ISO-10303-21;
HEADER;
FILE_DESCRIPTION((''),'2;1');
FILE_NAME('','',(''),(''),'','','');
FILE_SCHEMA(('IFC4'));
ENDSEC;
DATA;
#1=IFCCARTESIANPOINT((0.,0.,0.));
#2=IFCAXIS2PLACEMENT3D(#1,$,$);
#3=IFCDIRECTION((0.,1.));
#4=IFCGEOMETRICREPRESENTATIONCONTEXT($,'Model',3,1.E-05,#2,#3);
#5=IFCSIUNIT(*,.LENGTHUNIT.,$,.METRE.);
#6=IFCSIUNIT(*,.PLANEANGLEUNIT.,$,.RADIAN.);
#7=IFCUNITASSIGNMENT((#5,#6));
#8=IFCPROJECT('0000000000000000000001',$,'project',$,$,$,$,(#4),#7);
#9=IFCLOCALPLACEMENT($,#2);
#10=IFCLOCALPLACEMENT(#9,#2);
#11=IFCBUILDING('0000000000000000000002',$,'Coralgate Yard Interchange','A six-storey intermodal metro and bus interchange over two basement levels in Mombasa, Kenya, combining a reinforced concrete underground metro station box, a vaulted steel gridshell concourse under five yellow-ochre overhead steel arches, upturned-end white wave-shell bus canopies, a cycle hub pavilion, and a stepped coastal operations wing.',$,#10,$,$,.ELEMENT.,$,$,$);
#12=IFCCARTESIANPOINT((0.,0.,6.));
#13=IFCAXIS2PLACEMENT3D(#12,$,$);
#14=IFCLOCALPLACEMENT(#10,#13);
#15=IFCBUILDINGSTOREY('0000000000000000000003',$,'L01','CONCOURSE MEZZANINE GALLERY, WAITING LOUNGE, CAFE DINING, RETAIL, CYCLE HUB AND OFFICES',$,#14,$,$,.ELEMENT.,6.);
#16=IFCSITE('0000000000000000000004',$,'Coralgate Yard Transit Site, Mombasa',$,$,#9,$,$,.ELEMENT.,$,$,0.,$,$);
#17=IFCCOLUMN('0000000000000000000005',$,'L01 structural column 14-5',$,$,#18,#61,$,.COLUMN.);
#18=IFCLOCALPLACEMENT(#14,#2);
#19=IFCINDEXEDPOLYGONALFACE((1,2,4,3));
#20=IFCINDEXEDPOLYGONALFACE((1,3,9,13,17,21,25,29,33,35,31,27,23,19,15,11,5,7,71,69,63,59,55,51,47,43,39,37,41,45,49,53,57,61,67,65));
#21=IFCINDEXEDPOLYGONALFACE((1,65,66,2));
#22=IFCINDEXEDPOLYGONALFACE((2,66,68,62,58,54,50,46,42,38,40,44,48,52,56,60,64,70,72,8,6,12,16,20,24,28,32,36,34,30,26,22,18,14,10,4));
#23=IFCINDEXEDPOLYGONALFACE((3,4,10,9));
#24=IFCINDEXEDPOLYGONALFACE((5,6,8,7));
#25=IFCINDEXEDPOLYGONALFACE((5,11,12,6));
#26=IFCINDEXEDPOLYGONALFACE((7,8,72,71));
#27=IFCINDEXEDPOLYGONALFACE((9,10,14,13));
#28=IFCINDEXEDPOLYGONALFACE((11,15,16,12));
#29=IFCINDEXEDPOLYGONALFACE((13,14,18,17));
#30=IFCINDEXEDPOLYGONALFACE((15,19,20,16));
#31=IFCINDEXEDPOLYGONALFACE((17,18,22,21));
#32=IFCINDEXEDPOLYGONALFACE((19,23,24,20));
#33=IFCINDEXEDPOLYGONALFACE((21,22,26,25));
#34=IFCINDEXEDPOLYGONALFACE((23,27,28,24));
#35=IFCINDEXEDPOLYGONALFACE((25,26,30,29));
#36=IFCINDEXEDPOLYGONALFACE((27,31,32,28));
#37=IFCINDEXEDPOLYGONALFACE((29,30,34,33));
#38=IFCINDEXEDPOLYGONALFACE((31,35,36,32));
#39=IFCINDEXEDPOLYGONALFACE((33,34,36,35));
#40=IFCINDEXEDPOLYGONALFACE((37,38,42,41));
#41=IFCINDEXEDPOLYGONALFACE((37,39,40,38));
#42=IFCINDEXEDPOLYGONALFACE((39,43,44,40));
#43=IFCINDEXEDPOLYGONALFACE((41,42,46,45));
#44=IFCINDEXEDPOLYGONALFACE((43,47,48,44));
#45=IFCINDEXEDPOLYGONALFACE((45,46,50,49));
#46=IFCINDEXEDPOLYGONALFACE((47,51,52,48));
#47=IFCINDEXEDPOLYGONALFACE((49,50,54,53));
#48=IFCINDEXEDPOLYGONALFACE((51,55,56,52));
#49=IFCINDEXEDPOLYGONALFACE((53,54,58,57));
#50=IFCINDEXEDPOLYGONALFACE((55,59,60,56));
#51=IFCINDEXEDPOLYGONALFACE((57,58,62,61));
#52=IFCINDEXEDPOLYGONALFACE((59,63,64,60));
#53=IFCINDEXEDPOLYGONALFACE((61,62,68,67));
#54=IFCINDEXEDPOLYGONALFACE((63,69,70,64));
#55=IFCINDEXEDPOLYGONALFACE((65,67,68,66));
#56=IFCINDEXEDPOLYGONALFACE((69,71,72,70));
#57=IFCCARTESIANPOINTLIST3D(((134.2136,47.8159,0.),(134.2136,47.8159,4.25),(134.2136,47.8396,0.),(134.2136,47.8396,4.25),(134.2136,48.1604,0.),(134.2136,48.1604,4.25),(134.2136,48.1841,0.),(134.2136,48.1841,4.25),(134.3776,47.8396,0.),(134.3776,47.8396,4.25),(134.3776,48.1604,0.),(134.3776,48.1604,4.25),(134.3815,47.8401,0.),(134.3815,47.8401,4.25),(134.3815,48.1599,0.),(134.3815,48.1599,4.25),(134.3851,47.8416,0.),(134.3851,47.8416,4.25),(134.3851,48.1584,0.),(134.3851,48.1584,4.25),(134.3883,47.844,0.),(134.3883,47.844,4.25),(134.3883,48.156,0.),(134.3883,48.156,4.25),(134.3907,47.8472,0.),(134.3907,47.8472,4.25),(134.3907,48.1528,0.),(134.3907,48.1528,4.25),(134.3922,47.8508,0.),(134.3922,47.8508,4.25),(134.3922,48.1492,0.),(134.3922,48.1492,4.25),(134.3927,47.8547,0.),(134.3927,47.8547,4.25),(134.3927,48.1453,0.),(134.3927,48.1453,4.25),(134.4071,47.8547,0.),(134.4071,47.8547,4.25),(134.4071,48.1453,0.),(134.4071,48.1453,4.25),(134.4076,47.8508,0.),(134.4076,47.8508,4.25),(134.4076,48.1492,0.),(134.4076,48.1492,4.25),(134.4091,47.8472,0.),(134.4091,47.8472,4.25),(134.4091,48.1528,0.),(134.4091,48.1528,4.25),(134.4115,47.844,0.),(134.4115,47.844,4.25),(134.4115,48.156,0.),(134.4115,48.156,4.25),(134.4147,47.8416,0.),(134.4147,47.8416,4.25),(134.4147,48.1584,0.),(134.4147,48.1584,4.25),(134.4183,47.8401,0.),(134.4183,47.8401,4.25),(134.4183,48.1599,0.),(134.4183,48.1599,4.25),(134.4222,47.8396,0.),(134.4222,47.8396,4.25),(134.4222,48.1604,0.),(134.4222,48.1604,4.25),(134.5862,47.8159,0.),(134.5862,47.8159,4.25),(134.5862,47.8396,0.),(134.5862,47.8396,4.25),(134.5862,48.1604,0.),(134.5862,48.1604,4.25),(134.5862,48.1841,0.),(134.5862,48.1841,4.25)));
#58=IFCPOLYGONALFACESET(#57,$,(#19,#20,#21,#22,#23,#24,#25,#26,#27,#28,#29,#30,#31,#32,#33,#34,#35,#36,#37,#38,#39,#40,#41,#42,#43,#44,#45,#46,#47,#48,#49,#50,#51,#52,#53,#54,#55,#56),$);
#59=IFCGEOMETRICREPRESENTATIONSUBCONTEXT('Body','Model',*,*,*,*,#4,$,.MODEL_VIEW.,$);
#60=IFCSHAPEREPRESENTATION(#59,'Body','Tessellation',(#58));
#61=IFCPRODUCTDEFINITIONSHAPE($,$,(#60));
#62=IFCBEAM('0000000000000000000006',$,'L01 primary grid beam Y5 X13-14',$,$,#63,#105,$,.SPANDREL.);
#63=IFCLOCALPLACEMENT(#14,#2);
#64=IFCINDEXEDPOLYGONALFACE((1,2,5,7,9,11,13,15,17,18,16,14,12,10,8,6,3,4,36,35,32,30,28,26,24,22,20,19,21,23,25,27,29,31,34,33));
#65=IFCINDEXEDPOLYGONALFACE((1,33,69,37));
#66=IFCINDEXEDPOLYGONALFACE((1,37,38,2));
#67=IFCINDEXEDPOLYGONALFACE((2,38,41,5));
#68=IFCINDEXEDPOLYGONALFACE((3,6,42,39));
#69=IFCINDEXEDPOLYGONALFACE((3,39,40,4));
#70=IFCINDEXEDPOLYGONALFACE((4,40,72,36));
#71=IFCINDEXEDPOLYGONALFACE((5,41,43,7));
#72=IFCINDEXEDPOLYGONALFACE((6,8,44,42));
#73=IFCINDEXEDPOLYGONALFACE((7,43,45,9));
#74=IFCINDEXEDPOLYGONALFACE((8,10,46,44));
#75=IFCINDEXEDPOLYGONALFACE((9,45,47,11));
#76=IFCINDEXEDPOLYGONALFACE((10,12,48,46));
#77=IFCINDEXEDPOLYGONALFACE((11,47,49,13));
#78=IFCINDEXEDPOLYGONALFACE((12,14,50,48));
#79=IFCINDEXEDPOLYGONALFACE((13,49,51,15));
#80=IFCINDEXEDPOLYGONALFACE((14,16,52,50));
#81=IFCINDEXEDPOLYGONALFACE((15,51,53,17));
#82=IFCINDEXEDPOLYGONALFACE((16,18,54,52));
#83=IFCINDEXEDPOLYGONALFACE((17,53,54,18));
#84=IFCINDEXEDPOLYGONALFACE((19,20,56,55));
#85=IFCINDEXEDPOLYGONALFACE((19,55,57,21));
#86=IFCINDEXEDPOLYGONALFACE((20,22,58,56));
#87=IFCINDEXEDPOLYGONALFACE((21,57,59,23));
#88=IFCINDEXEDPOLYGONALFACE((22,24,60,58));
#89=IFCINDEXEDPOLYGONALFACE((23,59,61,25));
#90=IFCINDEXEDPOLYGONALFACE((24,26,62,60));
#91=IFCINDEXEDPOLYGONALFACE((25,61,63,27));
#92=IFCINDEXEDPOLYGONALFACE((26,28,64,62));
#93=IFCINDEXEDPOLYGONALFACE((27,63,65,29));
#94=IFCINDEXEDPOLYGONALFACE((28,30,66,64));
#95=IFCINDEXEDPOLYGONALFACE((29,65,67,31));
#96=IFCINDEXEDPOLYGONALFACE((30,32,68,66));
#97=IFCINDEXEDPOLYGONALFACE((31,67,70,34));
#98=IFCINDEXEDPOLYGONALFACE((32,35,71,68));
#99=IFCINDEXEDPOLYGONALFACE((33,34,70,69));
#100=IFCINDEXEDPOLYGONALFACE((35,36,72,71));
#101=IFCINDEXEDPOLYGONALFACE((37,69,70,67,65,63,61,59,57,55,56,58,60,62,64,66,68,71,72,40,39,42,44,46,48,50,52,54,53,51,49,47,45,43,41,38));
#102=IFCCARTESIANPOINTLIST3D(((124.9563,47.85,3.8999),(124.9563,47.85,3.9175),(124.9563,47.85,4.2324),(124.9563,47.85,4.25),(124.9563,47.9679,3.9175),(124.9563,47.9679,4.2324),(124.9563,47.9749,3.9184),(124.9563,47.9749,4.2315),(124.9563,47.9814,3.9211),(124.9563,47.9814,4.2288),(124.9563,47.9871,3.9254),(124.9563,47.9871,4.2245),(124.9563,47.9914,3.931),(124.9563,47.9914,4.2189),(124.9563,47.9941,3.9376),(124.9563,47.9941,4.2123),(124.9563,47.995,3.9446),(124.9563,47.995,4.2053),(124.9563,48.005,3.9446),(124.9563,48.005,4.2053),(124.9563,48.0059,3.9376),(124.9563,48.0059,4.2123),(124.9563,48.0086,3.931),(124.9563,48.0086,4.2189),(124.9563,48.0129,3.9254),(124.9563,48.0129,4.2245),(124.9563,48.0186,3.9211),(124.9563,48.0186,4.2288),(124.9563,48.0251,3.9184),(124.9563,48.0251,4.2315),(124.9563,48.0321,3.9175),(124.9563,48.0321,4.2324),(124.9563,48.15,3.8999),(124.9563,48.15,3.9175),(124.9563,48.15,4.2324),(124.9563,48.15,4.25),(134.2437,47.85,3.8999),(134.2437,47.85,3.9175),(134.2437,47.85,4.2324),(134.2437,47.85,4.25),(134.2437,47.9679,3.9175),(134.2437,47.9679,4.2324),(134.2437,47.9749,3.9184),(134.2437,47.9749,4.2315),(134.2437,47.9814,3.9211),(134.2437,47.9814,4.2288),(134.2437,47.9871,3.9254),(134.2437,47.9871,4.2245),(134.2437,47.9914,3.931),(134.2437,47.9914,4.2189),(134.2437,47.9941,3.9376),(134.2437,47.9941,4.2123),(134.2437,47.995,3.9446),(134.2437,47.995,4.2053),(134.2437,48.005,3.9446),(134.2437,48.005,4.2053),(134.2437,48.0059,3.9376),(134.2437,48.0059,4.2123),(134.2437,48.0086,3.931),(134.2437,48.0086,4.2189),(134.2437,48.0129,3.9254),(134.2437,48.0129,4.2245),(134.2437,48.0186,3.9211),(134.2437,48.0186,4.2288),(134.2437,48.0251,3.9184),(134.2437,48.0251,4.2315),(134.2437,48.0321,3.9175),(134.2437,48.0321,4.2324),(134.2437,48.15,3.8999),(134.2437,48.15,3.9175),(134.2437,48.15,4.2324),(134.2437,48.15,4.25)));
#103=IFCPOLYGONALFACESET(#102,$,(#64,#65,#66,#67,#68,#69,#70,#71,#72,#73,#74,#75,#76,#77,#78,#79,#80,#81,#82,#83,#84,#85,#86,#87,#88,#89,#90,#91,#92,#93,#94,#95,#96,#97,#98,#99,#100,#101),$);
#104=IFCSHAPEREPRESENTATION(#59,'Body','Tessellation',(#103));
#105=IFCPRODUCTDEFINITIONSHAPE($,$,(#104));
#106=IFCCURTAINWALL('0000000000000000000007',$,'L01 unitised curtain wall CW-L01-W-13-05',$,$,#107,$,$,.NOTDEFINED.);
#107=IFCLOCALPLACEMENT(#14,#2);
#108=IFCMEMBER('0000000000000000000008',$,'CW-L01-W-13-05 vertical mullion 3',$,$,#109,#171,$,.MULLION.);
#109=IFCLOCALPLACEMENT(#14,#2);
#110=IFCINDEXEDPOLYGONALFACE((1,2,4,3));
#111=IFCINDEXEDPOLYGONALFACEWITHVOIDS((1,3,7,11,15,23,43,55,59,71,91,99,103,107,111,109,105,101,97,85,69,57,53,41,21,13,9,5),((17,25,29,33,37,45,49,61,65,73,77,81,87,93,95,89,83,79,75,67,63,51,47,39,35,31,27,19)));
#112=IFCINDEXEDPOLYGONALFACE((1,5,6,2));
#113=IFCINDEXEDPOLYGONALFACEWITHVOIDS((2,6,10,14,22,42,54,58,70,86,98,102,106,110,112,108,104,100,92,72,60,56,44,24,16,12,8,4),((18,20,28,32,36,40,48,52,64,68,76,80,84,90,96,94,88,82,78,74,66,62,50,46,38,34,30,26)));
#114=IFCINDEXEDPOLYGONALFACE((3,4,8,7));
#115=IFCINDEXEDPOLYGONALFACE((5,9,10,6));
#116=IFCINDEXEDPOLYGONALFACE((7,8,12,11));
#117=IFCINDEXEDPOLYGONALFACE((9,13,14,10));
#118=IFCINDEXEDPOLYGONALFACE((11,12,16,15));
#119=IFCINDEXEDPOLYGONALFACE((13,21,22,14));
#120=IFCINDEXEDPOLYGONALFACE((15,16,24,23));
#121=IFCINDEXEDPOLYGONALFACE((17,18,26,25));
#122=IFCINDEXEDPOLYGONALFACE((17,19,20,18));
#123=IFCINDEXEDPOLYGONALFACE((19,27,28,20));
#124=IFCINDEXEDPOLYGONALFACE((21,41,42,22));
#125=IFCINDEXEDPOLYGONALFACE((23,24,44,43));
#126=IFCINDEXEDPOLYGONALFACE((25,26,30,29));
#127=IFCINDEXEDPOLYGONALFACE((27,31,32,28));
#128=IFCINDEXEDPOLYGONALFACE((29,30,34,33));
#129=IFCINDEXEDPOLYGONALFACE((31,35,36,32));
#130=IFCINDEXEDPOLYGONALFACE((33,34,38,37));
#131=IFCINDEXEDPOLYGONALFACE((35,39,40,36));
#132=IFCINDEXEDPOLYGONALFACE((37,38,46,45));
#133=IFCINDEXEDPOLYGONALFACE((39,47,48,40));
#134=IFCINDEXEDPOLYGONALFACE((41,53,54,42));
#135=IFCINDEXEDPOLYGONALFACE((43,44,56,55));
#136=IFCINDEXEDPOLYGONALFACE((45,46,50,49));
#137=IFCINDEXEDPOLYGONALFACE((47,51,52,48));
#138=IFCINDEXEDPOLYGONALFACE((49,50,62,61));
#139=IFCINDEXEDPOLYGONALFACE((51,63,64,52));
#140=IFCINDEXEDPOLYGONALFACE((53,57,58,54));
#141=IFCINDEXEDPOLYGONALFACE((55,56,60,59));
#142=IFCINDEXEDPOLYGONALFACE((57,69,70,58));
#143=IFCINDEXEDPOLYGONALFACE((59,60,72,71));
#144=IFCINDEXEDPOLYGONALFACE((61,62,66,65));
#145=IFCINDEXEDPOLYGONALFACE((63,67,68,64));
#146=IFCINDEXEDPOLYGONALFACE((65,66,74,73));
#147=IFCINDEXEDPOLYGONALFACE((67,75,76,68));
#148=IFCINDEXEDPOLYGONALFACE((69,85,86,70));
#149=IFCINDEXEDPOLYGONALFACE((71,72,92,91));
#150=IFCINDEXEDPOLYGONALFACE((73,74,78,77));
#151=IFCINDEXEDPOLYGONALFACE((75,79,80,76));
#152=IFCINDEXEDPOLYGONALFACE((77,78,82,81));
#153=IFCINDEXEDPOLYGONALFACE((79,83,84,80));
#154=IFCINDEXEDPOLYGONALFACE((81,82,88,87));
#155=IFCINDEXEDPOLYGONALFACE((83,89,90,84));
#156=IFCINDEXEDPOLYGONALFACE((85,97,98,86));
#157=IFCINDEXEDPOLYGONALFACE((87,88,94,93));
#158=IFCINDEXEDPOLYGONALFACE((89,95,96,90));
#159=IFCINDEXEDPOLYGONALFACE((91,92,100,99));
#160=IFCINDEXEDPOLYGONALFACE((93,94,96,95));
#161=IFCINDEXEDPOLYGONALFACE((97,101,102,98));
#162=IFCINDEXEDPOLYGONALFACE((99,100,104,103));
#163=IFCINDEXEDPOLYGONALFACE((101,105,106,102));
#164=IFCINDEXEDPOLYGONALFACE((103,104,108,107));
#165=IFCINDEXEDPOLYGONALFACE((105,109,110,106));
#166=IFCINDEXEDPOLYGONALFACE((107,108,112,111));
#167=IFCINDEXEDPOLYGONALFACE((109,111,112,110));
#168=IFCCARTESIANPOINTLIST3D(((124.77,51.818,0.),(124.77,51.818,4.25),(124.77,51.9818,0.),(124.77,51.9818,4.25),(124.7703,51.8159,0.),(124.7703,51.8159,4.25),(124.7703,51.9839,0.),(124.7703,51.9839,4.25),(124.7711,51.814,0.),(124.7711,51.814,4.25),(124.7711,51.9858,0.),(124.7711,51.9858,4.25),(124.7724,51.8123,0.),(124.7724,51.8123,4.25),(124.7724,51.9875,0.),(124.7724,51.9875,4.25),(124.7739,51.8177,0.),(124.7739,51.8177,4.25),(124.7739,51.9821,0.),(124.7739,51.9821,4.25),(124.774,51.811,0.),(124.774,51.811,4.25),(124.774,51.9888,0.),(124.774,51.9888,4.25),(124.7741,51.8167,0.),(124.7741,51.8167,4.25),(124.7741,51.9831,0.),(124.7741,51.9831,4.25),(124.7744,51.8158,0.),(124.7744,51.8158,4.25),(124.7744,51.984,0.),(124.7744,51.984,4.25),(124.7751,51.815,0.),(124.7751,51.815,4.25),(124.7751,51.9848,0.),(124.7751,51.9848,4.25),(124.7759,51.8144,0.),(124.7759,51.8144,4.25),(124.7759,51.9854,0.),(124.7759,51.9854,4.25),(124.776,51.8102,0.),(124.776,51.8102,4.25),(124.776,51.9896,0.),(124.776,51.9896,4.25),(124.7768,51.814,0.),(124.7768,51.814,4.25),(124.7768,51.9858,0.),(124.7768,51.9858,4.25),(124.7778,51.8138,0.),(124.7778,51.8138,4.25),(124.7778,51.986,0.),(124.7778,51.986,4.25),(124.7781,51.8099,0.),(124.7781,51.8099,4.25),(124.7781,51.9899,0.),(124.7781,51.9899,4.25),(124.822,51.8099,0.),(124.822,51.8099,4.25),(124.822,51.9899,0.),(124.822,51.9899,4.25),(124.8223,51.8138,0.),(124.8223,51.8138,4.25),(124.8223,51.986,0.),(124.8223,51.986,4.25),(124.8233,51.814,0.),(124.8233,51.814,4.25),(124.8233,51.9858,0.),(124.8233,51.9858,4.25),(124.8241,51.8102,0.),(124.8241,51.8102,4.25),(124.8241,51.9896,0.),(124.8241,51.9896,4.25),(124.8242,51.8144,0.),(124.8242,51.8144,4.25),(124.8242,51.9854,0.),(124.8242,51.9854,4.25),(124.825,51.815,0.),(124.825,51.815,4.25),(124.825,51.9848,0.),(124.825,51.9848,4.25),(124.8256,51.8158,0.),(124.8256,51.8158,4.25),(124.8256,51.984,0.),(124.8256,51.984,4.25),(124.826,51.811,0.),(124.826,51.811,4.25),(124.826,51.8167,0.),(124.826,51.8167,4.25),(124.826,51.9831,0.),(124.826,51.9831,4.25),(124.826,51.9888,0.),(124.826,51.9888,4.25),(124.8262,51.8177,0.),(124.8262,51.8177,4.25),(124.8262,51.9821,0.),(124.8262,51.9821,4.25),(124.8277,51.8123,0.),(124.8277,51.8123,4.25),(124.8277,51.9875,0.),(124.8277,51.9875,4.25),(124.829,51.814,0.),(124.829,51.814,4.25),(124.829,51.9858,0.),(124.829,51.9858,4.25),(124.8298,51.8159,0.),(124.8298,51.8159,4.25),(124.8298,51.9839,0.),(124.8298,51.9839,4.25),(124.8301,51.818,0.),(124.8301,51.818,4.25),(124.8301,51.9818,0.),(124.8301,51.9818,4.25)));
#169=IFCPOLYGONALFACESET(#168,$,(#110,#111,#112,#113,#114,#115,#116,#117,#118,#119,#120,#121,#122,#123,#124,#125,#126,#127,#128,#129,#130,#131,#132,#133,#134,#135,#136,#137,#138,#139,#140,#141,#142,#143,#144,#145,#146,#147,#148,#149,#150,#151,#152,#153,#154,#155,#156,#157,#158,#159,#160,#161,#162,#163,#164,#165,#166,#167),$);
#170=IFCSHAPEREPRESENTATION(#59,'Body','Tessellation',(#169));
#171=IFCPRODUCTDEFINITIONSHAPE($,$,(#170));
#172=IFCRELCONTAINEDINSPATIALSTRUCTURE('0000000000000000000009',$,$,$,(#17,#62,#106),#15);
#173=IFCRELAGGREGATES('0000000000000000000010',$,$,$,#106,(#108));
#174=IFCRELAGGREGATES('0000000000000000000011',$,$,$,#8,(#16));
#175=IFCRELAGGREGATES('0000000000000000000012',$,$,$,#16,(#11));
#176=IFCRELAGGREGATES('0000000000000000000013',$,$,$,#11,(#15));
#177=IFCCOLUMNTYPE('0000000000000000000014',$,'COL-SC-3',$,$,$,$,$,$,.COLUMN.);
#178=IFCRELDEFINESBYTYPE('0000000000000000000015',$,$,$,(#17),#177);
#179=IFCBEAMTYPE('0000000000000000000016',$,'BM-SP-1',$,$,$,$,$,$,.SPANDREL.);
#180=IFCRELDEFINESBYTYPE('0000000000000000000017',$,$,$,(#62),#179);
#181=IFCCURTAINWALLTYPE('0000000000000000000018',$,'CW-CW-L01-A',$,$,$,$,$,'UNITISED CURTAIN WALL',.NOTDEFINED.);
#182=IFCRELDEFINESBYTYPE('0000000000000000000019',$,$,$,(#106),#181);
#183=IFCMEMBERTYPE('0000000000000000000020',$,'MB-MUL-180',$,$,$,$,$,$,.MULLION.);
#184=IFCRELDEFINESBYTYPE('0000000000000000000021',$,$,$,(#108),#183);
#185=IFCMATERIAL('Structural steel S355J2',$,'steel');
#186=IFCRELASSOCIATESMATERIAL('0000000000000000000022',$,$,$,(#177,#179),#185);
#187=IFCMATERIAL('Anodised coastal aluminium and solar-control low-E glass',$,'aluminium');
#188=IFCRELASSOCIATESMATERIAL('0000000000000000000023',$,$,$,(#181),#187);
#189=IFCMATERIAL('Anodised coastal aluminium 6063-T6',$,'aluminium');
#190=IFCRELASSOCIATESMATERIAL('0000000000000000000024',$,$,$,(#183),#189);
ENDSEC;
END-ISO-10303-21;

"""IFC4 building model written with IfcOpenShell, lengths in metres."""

from ifc_helpers import new_model, si_unit, direction, frame, origin, origin_2d, place, context, subcontext, project, spatial, hollow_rectangle, i_section, extrude, material, material_profile, profile_set, type_object, element, aggregate, save


model = new_model("IFC4")

# Units and contexts
model_context = context("Model", 3, precision=1e-05, world=origin(), true_north=direction((0.0, 1.0)))
body_context = subcontext(model_context, "Body", "Model", "MODEL_VIEW")
ifc_project = project(units=[si_unit("LENGTHUNIT", "METRE"), si_unit("PLANEANGLEUNIT", "RADIAN")], contexts=[model_context])

# Site, building, storey
site_placement = place(None, origin())
site = spatial("IfcSite", under=ifc_project, at=site_placement, Name="Coralgate Yard Transit Site, Mombasa", CompositionType="ELEMENT", RefElevation=0.0)
building_placement = place(site_placement, origin())
building = spatial("IfcBuilding", under=site, at=building_placement, Name="Coralgate Yard Interchange", Description="A six-storey intermodal metro and bus interchange over two basement levels in Mombasa, Kenya, combining a reinforced concrete underground metro station box, a vaulted steel gridshell concourse under five yellow-ochre overhead steel arches, upturned-end white wave-shell bus canopies, a cycle hub pavilion, and a stepped coastal operations wing.", CompositionType="ELEMENT")
storey_placement = place(building_placement, frame((0.0, 0.0, 6.0)))
storey = spatial("IfcBuildingStorey", under=building, at=storey_placement, Name="L01", Description="CONCOURSE MEZZANINE GALLERY, WAITING LOUNGE, CAFE DINING, RETAIL, CYCLE HUB AND OFFICES", CompositionType="ELEMENT", Elevation=6.0)

# Column
ifc_material_1 = material(Name="Structural steel S355J2", Category="steel")
ifc_material_profile_1 = material_profile(ifc_material_1, i_section(OverallWidth=0.3726, OverallDepth=0.3682, WebThickness=0.0144, FlangeThickness=0.0237, FilletRadius=0.0151, at=origin_2d()), Name="UC 356x368x177")
ifc_profile_set_1 = profile_set([ifc_material_profile_1], Name="Structural steel S355J2")
column_type = type_object("IfcColumnType", Name="COL-SC-3", PredefinedType="COLUMN", material=ifc_profile_set_1)
column_placement = place(storey_placement, frame((134.3999, 48.0, 0.0), z_axis=(0.0, 0.0, 1.0), x_axis=(1.0, 0.0, 0.0)))
element("IfcColumn", 1, at=column_placement, inside=storey, type_object=column_type, Name="L01 structural column 14-5", PredefinedType="COLUMN", context=body_context, shape_type="SweptSolid", body=[
    extrude(i_section(OverallWidth=0.3726, OverallDepth=0.3682, WebThickness=0.0144, FlangeThickness=0.0237, FilletRadius=0.0151, at=origin_2d()), origin(), (0.0, 0.0, 1.0), 4.25),
])

# Beam
ifc_material_profile_2 = material_profile(ifc_material_1, i_section(OverallWidth=0.3, OverallDepth=0.3501, WebThickness=0.01, FlangeThickness=0.0176, FilletRadius=0.0271, at=origin_2d()), Name="HEA 360")
ifc_profile_set_2 = profile_set([ifc_material_profile_2], Name="Structural steel S355J2")
beam_type = type_object("IfcBeamType", Name="BM-SP-1", PredefinedType="SPANDREL", material=ifc_profile_set_2)
beam_placement = place(storey_placement, frame((124.9563, 48.0, 4.075), z_axis=(1.0, 0.0, 0.0), x_axis=(0.0, 1.0, 0.0)))
element("IfcBeam", 2, at=beam_placement, inside=storey, type_object=beam_type, Name="L01 primary grid beam Y5 X13-14", PredefinedType="SPANDREL", context=body_context, shape_type="SweptSolid", body=[
    extrude(i_section(OverallWidth=0.3, OverallDepth=0.3501, WebThickness=0.01, FlangeThickness=0.0176, FilletRadius=0.0271, at=origin_2d()), origin(), (0.0, 0.0, 1.0), 9.2874),
])

# Curtain wall, member
ifc_material_2 = material(Name="Anodised coastal aluminium and solar-control low-E glass", Category="aluminium")
curtain_wall_type_1 = type_object("IfcCurtainWallType", Name="CW-CW-L01-A", ElementType="UNITISED CURTAIN WALL", PredefinedType="NOTDEFINED", material=ifc_material_2)
curtain_wall_1_placement = place(storey_placement, origin())
curtain_wall_1 = element("IfcCurtainWall", 3, at=curtain_wall_1_placement, inside=storey, type_object=curtain_wall_type_1, Name="L01 unitised curtain wall CW-L01-W-13-05", PredefinedType="NOTDEFINED")
ifc_material_3 = material(Name="Anodised coastal aluminium 6063-T6", Category="aluminium")
ifc_material_profile_3 = material_profile(ifc_material_3, hollow_rectangle(XDim=0.0601, YDim=0.1799, WallThickness=0.0039, InnerFilletRadius=0.0039, OuterFilletRadius=0.0081, at=origin_2d()), Name="ALU 60x180x4")
ifc_profile_set_3 = profile_set([ifc_material_profile_3], Name="Anodised coastal aluminium 6063-T6")
member_type_1 = type_object("IfcMemberType", Name="MB-MUL-180", PredefinedType="MULLION", material=ifc_profile_set_3)
member_1_placement = place(storey_placement, frame((124.8, 51.8999, 0.0), z_axis=(0.0, 0.0, 1.0), x_axis=(1.0, 0.0, 0.0)))
member_1 = element("IfcMember", 4, at=member_1_placement, type_object=member_type_1, Name="CW-L01-W-13-05 vertical mullion 3", PredefinedType="MULLION", context=body_context, shape_type="SweptSolid", body=[
    extrude(hollow_rectangle(XDim=0.0601, YDim=0.1799, WallThickness=0.0039, InnerFilletRadius=0.0039, OuterFilletRadius=0.0081, at=origin_2d()), origin(), (0.0, 0.0, 1.0), 4.25),
])

aggregate(curtain_wall_1, [member_1])

save(model, "model.ifc")
